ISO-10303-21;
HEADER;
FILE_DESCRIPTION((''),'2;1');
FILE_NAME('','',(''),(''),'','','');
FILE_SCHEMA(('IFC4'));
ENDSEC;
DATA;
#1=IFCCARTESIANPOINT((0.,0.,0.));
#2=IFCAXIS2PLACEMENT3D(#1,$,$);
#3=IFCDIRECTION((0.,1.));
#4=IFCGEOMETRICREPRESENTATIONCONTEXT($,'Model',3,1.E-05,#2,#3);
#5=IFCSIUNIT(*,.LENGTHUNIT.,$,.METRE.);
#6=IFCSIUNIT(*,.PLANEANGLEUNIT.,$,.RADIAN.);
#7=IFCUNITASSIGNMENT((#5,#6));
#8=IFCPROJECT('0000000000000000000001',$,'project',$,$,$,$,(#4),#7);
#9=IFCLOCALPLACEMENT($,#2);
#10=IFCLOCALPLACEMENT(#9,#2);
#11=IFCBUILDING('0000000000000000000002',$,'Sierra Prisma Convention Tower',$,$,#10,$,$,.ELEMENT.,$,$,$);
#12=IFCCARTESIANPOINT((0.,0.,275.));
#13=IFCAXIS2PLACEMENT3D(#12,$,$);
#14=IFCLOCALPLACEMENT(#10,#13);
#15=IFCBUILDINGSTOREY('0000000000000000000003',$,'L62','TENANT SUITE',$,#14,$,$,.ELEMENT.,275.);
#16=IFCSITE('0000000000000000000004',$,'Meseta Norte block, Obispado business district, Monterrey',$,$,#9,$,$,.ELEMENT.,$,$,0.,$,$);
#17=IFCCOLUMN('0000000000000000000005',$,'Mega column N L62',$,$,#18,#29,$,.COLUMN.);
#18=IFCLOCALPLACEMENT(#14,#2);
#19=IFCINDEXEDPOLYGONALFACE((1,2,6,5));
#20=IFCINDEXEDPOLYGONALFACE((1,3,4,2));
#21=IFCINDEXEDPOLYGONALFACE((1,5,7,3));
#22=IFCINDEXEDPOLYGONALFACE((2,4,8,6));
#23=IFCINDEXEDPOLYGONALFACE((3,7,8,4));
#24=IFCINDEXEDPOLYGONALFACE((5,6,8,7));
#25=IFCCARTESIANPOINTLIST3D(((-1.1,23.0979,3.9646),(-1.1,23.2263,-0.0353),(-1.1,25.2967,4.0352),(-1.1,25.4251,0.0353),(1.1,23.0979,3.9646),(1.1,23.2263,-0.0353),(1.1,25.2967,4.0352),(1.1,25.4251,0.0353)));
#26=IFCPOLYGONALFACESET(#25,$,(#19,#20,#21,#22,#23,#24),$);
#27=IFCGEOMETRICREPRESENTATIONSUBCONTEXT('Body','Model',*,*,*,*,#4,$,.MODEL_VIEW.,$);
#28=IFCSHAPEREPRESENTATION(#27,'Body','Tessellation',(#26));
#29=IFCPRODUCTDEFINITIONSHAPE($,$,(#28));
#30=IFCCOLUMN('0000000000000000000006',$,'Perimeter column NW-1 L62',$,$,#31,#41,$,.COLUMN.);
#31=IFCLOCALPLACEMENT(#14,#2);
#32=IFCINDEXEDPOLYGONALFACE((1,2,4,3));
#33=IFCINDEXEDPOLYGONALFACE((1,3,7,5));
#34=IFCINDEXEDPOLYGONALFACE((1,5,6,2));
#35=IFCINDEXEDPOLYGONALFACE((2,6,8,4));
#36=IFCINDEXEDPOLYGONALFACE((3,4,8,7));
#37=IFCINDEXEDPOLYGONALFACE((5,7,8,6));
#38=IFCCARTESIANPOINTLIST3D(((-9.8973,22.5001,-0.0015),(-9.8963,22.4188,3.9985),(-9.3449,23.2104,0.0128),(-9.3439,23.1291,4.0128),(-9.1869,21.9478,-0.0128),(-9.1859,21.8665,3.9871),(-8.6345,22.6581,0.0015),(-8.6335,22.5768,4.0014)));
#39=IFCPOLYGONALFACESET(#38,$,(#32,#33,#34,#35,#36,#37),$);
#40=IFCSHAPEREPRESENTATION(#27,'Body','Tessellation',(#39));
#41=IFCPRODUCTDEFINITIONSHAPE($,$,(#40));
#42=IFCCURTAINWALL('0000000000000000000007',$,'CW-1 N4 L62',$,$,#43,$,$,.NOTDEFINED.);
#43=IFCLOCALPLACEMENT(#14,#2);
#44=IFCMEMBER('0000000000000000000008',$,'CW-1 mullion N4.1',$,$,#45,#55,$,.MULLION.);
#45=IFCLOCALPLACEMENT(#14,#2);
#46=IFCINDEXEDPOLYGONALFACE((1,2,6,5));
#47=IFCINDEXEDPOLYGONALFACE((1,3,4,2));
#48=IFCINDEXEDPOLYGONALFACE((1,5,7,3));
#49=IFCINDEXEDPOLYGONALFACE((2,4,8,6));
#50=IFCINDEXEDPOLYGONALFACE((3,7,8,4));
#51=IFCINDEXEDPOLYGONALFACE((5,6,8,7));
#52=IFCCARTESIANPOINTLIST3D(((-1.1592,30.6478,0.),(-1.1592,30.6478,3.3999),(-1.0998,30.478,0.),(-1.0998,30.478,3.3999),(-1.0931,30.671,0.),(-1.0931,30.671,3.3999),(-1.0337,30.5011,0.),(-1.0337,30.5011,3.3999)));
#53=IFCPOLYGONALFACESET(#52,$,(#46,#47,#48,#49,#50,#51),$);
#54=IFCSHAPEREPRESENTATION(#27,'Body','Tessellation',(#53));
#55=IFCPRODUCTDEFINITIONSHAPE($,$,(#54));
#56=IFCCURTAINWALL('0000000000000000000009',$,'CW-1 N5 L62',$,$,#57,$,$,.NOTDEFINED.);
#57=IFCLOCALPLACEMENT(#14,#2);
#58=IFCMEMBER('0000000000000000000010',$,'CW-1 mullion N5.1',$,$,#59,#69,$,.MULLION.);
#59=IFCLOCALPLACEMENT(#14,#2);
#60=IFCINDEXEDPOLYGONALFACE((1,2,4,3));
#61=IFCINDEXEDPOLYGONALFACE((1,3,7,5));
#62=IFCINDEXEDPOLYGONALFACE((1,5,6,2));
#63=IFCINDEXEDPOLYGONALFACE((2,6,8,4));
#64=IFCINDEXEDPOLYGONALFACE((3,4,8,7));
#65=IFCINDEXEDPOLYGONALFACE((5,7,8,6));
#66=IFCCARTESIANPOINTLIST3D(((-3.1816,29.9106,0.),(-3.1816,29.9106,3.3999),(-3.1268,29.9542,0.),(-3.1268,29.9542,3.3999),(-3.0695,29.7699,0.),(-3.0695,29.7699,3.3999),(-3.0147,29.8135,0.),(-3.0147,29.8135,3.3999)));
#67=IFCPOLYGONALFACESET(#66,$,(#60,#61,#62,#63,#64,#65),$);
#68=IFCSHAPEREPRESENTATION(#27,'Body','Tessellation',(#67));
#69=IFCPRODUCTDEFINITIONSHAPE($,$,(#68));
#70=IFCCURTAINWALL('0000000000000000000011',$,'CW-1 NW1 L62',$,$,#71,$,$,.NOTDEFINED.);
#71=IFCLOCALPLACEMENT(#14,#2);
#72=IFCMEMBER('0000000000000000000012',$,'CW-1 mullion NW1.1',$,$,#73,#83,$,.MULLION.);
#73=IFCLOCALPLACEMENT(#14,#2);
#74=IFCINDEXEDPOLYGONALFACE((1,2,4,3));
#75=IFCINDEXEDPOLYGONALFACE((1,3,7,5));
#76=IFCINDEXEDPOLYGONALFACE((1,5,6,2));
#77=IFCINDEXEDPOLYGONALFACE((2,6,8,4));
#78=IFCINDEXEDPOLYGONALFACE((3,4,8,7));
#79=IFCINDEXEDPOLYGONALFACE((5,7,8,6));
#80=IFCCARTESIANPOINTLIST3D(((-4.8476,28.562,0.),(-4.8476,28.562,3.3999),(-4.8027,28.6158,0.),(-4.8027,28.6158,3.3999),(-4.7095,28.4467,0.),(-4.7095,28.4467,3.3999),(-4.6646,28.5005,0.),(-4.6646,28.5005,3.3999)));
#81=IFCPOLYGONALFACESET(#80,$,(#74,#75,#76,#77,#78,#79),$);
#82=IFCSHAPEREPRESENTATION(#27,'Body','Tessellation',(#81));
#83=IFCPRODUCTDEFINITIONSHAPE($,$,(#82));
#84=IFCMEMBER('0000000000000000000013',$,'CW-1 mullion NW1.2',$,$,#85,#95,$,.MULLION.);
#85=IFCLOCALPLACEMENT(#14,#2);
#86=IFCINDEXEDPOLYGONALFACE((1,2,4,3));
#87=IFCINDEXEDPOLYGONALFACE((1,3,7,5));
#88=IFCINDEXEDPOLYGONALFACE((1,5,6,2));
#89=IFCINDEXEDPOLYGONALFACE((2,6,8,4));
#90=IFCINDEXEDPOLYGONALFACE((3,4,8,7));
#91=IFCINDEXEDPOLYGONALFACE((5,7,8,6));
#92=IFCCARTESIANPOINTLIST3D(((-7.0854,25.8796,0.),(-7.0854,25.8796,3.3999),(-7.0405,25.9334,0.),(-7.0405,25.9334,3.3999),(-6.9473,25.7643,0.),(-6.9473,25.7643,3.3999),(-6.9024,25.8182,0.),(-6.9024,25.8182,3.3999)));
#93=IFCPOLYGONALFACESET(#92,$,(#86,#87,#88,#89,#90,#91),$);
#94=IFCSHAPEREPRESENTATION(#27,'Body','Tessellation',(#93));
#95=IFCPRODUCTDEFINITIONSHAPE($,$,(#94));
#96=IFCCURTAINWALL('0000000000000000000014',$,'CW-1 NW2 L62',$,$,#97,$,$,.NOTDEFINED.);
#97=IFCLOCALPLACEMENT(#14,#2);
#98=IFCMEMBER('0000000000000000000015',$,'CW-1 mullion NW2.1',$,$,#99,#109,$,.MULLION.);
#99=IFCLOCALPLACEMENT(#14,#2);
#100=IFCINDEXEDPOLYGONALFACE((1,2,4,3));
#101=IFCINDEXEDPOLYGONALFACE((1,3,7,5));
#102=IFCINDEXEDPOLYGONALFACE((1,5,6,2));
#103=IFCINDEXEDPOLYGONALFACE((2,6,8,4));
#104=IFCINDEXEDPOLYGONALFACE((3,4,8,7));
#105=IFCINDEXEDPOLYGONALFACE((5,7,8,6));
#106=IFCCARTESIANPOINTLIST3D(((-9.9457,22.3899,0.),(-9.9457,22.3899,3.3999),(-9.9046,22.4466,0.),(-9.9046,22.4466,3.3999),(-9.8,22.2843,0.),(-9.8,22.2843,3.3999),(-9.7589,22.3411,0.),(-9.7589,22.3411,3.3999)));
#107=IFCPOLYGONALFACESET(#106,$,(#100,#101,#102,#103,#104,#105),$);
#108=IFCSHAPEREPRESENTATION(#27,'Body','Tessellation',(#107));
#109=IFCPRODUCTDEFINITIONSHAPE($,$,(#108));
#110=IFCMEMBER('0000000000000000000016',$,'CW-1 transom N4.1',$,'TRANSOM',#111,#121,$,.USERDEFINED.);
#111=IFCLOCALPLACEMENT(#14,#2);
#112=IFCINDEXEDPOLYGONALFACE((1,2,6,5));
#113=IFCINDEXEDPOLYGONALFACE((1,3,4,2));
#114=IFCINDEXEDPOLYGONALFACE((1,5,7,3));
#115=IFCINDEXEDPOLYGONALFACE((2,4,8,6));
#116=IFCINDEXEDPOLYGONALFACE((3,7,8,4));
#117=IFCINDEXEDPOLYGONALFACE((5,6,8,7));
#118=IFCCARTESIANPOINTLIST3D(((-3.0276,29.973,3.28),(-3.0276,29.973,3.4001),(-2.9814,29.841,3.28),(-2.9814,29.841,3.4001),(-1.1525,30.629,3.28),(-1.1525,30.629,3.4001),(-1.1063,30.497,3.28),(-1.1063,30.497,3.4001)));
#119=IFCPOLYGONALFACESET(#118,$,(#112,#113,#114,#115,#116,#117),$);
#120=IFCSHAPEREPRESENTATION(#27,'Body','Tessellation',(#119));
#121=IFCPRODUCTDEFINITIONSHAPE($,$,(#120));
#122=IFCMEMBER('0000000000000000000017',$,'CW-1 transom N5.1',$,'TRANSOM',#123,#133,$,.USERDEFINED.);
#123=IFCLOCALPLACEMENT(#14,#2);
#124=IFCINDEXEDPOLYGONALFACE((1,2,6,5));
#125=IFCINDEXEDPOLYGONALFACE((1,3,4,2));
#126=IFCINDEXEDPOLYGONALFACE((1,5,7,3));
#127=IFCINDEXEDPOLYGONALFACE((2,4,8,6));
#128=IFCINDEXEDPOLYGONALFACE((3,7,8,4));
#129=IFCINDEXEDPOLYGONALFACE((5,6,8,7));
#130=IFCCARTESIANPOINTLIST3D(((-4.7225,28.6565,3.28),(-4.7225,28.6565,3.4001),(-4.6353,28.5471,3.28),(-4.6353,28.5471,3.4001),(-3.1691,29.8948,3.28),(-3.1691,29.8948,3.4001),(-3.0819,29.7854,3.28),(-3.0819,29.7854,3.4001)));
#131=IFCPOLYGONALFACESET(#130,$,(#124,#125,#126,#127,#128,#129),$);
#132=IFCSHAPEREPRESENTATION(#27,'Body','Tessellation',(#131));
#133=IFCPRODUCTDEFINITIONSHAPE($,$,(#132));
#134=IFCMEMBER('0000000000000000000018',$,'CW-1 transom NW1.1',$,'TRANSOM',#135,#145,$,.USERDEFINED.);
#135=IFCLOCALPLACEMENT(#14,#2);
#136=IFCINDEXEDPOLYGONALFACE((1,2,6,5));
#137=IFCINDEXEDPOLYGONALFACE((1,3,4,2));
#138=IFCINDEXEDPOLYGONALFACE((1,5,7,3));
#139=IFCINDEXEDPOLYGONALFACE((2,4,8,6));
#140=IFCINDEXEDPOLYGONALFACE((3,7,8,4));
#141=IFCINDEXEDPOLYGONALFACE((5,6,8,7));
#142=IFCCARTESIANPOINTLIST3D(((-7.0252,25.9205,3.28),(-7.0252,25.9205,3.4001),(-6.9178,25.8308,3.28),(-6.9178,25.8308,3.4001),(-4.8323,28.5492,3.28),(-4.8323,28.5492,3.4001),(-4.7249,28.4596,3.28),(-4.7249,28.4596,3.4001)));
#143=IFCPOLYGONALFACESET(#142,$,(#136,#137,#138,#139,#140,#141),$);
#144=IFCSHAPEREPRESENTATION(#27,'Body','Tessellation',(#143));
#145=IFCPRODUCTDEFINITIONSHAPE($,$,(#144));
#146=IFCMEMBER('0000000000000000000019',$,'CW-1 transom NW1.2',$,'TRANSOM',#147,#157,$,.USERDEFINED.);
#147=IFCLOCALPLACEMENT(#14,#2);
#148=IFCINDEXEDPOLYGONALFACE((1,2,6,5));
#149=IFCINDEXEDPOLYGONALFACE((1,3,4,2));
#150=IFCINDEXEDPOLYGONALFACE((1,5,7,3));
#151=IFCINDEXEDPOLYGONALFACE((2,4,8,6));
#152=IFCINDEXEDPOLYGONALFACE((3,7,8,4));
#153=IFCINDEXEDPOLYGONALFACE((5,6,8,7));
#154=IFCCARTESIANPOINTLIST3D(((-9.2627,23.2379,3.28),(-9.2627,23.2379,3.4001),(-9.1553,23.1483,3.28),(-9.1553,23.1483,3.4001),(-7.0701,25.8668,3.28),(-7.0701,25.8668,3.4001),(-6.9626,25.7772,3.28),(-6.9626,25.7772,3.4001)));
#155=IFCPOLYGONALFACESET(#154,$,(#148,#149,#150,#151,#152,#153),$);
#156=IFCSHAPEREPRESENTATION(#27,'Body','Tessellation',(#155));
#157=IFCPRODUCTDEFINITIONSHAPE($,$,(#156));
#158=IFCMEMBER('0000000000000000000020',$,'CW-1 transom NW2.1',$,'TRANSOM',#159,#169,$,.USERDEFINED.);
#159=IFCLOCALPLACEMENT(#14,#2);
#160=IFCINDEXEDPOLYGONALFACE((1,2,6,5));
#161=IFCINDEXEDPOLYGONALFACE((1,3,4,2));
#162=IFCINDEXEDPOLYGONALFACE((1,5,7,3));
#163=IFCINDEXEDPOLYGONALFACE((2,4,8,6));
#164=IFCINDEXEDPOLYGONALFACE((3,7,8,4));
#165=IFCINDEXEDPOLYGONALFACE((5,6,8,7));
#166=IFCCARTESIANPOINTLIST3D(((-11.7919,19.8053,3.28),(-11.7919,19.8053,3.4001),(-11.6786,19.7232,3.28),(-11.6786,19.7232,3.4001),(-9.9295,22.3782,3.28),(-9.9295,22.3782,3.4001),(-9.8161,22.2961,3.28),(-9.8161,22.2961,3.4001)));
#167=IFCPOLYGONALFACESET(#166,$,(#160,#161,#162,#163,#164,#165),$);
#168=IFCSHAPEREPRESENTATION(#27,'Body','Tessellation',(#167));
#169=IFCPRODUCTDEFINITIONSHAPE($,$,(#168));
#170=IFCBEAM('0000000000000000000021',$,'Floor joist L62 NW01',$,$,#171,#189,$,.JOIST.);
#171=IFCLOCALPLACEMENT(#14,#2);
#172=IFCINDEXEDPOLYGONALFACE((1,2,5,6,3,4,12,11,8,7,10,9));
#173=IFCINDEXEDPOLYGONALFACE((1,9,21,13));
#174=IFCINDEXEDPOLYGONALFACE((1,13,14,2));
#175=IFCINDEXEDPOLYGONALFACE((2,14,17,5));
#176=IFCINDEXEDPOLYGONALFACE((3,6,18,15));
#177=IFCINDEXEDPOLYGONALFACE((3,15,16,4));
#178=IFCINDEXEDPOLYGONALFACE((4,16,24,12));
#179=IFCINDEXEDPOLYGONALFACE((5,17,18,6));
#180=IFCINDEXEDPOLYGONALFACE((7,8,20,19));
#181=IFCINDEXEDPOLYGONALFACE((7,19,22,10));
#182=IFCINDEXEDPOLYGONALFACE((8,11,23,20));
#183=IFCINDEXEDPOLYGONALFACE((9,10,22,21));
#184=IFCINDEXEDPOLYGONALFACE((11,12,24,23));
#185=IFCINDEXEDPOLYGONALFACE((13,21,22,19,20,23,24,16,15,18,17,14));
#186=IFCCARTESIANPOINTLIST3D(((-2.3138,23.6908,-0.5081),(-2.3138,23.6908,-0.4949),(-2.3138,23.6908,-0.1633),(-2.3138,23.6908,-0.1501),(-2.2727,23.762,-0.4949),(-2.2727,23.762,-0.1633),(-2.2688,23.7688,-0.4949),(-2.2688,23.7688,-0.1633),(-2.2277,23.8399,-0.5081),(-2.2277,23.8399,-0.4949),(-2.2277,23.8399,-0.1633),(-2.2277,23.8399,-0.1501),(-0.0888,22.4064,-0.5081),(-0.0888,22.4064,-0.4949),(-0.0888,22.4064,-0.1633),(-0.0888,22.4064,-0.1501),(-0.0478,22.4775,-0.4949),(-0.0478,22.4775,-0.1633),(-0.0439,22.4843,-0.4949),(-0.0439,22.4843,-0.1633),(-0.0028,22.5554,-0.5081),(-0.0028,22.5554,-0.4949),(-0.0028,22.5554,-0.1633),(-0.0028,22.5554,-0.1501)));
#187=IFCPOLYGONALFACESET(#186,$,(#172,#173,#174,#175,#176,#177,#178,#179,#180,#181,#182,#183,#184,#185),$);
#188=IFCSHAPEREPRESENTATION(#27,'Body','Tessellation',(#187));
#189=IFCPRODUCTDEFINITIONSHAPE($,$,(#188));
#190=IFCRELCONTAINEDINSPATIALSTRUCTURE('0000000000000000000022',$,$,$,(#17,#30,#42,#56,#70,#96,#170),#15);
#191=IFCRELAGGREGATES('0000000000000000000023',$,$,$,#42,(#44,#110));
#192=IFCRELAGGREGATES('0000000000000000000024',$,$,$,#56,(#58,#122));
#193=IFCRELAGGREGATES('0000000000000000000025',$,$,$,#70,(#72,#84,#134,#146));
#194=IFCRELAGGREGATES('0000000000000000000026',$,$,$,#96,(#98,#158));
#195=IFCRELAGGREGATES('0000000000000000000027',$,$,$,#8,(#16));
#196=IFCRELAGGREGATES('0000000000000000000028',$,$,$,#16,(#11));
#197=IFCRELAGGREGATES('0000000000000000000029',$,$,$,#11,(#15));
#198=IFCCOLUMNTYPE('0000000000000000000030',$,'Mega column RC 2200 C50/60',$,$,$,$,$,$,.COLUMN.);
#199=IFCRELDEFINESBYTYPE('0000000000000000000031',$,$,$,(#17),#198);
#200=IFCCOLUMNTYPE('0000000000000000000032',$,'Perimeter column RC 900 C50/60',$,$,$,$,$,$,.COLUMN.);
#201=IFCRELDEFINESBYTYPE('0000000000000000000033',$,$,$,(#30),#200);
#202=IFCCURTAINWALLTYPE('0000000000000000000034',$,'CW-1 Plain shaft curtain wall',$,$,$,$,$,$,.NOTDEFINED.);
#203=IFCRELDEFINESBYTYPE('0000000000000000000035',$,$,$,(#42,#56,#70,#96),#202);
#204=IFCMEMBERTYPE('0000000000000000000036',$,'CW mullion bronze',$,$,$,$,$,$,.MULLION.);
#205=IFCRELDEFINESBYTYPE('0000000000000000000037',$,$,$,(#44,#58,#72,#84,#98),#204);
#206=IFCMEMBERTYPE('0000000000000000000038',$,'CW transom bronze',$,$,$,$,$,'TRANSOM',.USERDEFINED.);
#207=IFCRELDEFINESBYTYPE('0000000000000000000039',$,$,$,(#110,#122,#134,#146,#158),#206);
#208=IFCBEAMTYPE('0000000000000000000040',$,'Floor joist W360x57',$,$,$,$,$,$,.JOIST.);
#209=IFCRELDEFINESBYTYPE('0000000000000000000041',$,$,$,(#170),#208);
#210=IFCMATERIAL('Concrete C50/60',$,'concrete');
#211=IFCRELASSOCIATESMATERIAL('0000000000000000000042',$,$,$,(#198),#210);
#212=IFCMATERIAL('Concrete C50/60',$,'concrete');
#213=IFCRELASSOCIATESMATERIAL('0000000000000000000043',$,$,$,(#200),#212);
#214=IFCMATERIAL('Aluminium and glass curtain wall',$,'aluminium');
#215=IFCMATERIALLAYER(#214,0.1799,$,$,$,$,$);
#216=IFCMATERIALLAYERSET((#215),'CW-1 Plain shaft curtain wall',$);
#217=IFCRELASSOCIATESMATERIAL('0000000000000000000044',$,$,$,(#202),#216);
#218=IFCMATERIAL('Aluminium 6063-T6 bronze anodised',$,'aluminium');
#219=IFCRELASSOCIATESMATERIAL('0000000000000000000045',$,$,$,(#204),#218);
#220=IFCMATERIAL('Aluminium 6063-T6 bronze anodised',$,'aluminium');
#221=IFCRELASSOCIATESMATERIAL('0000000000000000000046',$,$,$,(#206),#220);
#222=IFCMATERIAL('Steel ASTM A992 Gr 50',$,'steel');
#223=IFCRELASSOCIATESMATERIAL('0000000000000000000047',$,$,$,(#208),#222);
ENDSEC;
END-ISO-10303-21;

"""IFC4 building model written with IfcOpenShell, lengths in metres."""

from ifc_helpers import new_model, si_unit, direction, frame, origin, origin_2d, place, context, subcontext, project, spatial, rectangle, i_section, extrude, material, layer, layer_set, material_profile, profile_set, type_object, element, aggregate, save


model = new_model("IFC4")

# Units and contexts
model_context = context("Model", 3, precision=1e-05, world=origin(), true_north=direction((0.0, 1.0)))
body_context = subcontext(model_context, "Body", "Model", "MODEL_VIEW")
ifc_project = project(units=[si_unit("LENGTHUNIT", "METRE"), si_unit("PLANEANGLEUNIT", "RADIAN")], contexts=[model_context])

# Site, building, storey
site_placement = place(None, origin())
site = spatial("IfcSite", under=ifc_project, at=site_placement, Name="Meseta Norte block, Obispado business district, Monterrey", CompositionType="ELEMENT", RefElevation=0.0)
building_placement = place(site_placement, origin())
building = spatial("IfcBuilding", under=site, at=building_placement, Name="Sierra Prisma Convention Tower", CompositionType="ELEMENT")
storey_placement = place(building_placement, frame((0.0, 0.0, 275.0)))
storey = spatial("IfcBuildingStorey", under=building, at=storey_placement, Name="L62", Description="TENANT SUITE", CompositionType="ELEMENT", Elevation=275.0)

# Columns
ifc_material_1 = material(Name="Concrete C50/60", Category="concrete")
ifc_material_profile_1 = material_profile(ifc_material_1, rectangle(XDim=2.2, YDim=2.2, at=origin_2d()), Name="Mega column RC 2200 C50/60")
ifc_profile_set_1 = profile_set([ifc_material_profile_1], Name="Concrete C50/60")
column_type_1 = type_object("IfcColumnType", Name="Mega column RC 2200 C50/60", PredefinedType="COLUMN", material=ifc_profile_set_1)
column_1_placement = place(storey_placement, frame((0.0, 24.3257, 0.0), z_axis=(0.0, -0.032088, 0.999485), x_axis=(1.0, 0.0, 0.0)))
element("IfcColumn", 1, at=column_1_placement, inside=storey, type_object=column_type_1, Name="Mega column N L62", PredefinedType="COLUMN", context=body_context, shape_type="SweptSolid", body=[
    extrude(rectangle(XDim=2.2, YDim=2.2, at=origin_2d()), origin(), (0.0, 0.0, 1.0), 4.002),
])
ifc_material_2 = material(Name="Concrete C50/60", Category="concrete")
ifc_material_profile_2 = material_profile(ifc_material_2, rectangle(XDim=0.8999, YDim=0.8999, at=origin_2d()), Name="Perimeter column RC 900 C50/60")
ifc_profile_set_2 = profile_set([ifc_material_profile_2], Name="Concrete C50/60")
column_type_2 = type_object("IfcColumnType", Name="Perimeter column RC 900 C50/60", PredefinedType="COLUMN", material=ifc_profile_set_2)
column_2_placement = place(storey_placement, frame((-9.2659, 22.5791, 0.0), z_axis=(0.000244, -0.020321, 0.999793), x_axis=(0.613832, 0.789277, 0.015892)))
element("IfcColumn", 2, at=column_2_placement, inside=storey, type_object=column_type_2, Name="Perimeter column NW-1 L62", PredefinedType="COLUMN", context=body_context, shape_type="SweptSolid", body=[
    extrude(rectangle(XDim=0.8999, YDim=0.8999, at=origin_2d()), origin(), (0.0, 0.0, 1.0), 4.0007),
])

# Curtain walls, members
ifc_material_3 = material(Name="Aluminium and glass curtain wall", Category="aluminium")
ifc_layer_1 = layer(ifc_material_3, 0.1799)
ifc_layer_set_1 = layer_set([ifc_layer_1], Name="CW-1 Plain shaft curtain wall")
curtain_wall_type = type_object("IfcCurtainWallType", Name="CW-1 Plain shaft curtain wall", PredefinedType="NOTDEFINED", material=ifc_layer_set_1)
curtain_wall_1_placement = place(storey_placement, origin())
curtain_wall_1 = element("IfcCurtainWall", 3, at=curtain_wall_1_placement, inside=storey, type_object=curtain_wall_type, Name="CW-1 N4 L62", PredefinedType="NOTDEFINED")
ifc_material_4 = material(Name="Aluminium 6063-T6 bronze anodised", Category="aluminium")
ifc_material_profile_3 = material_profile(ifc_material_4, rectangle(XDim=0.1799, YDim=0.0701, at=origin_2d()), Name="ALU MULLION 70x180")
ifc_profile_set_3 = profile_set([ifc_material_profile_3], Name="Aluminium 6063-T6 bronze anodised")
member_type_1 = type_object("IfcMemberType", Name="CW mullion bronze", PredefinedType="MULLION", material=ifc_profile_set_3)
member_1_placement = place(storey_placement, frame((-1.0964, 30.5745, 0.0), z_axis=(0.0, 0.0, 1.0), x_axis=(0.33018, -0.943918, 0.0)))
member_1 = element("IfcMember", 4, at=member_1_placement, type_object=member_type_1, Name="CW-1 mullion N4.1", PredefinedType="MULLION", context=body_context, shape_type="SweptSolid", body=[
    extrude(rectangle(XDim=0.1799, YDim=0.0701, at=origin_2d()), origin(), (0.0, 0.0, 1.0), 3.3999),
])
curtain_wall_2_placement = place(storey_placement, origin())
curtain_wall_2 = element("IfcCurtainWall", 5, at=curtain_wall_2_placement, inside=storey, type_object=curtain_wall_type, Name="CW-1 N5 L62", PredefinedType="NOTDEFINED")
member_2_placement = place(storey_placement, frame((-3.0981, 29.8621, 0.0), z_axis=(0.0, 0.0, 1.0), x_axis=(0.623326, -0.781962, 0.0)))
member_2 = element("IfcMember", 6, at=member_2_placement, type_object=member_type_1, Name="CW-1 mullion N5.1", PredefinedType="MULLION", context=body_context, shape_type="SweptSolid", body=[
    extrude(rectangle(XDim=0.1799, YDim=0.0701, at=origin_2d()), origin(), (0.0, 0.0, 1.0), 3.3999),
])

# Curtain wall, members
curtain_wall_3_placement = place(storey_placement, origin())
curtain_wall_3 = element("IfcCurtainWall", 7, at=curtain_wall_3_placement, inside=storey, type_object=curtain_wall_type, Name="CW-1 NW1 L62", PredefinedType="NOTDEFINED")
member_3_placement = place(storey_placement, frame((-4.7561, 28.5312, 0.0), z_axis=(0.0, 0.0, 1.0), x_axis=(0.767904, -0.640564, 0.0)))
member_3 = element("IfcMember", 8, at=member_3_placement, type_object=member_type_1, Name="CW-1 mullion NW1.1", PredefinedType="MULLION", context=body_context, shape_type="SweptSolid", body=[
    extrude(rectangle(XDim=0.1799, YDim=0.0701, at=origin_2d()), origin(), (0.0, 0.0, 1.0), 3.3999),
])
member_4_placement = place(storey_placement, frame((-6.9939, 25.8489, 0.0), z_axis=(0.0, 0.0, 1.0), x_axis=(0.767904, -0.640564, 0.0)))
member_4 = element("IfcMember", 9, at=member_4_placement, type_object=member_type_1, Name="CW-1 mullion NW1.2", PredefinedType="MULLION", context=body_context, shape_type="SweptSolid", body=[
    extrude(rectangle(XDim=0.1799, YDim=0.0701, at=origin_2d()), origin(), (0.0, 0.0, 1.0), 3.3999),
])

# Curtain wall, member
curtain_wall_4_placement = place(storey_placement, origin())
curtain_wall_4 = element("IfcCurtainWall", 10, at=curtain_wall_4_placement, inside=storey, type_object=curtain_wall_type, Name="CW-1 NW2 L62", PredefinedType="NOTDEFINED")
member_5_placement = place(storey_placement, frame((-9.8523, 22.3655, 0.0), z_axis=(0.0, 0.0, 1.0), x_axis=(0.810038, -0.586377, 0.0)))
member_5 = element("IfcMember", 11, at=member_5_placement, type_object=member_type_1, Name="CW-1 mullion NW2.1", PredefinedType="MULLION", context=body_context, shape_type="SweptSolid", body=[
    extrude(rectangle(XDim=0.1799, YDim=0.0701, at=origin_2d()), origin(), (0.0, 0.0, 1.0), 3.3999),
])

# Members
ifc_material_5 = material(Name="Aluminium 6063-T6 bronze anodised", Category="aluminium")
ifc_material_profile_4 = material_profile(ifc_material_5, rectangle(XDim=0.1399, YDim=0.1201, at=origin_2d()), Name="ALU TRANSOM 120x140")
ifc_profile_set_4 = profile_set([ifc_material_profile_4], Name="Aluminium 6063-T6 bronze anodised")
member_type_2 = type_object("IfcMemberType", Name="CW transom bronze", ElementType="TRANSOM", PredefinedType="USERDEFINED", material=ifc_profile_set_4)
member_6_placement = place(storey_placement, frame((-1.1294, 30.563, 3.3401), z_axis=(-0.94391, -0.330203, 0.0), x_axis=(0.330203, -0.94391, 0.0)))
member_6 = element("IfcMember", 12, at=member_6_placement, type_object=member_type_2, Name="CW-1 transom N4.1", ObjectType="TRANSOM", PredefinedType="USERDEFINED", context=body_context, shape_type="SweptSolid", body=[
    extrude(rectangle(XDim=0.1399, YDim=0.1201, at=origin_2d()), origin(), (0.0, 0.0, 1.0), 1.9866),
])
member_7_placement = place(storey_placement, frame((-3.1255, 29.8401, 3.3401), z_axis=(-0.781971, -0.623315, 0.0), x_axis=(0.623315, -0.781971, 0.0)))
member_7 = element("IfcMember", 13, at=member_7_placement, type_object=member_type_2, Name="CW-1 transom N5.1", ObjectType="TRANSOM", PredefinedType="USERDEFINED", context=body_context, shape_type="SweptSolid", body=[
    extrude(rectangle(XDim=0.1399, YDim=0.1201, at=origin_2d()), origin(), (0.0, 0.0, 1.0), 1.9866),
])
member_8_placement = place(storey_placement, frame((-4.7786, 28.5044, 3.3401), z_axis=(-0.640584, -0.767888, 0.0), x_axis=(0.767888, -0.640584, 0.0)))
member_8 = element("IfcMember", 14, at=member_8_placement, type_object=member_type_2, Name="CW-1 transom NW1.1", ObjectType="TRANSOM", PredefinedType="USERDEFINED", context=body_context, shape_type="SweptSolid", body=[
    extrude(rectangle(XDim=0.1399, YDim=0.1201, at=origin_2d()), origin(), (0.0, 0.0, 1.0), 3.4233),
])
member_9_placement = place(storey_placement, frame((-7.0164, 25.822, 3.3401), z_axis=(-0.640507, -0.767952, 0.0), x_axis=(0.767952, -0.640507, 0.0)))
member_9 = element("IfcMember", 15, at=member_9_placement, type_object=member_type_2, Name="CW-1 transom NW1.2", ObjectType="TRANSOM", PredefinedType="USERDEFINED", context=body_context, shape_type="SweptSolid", body=[
    extrude(rectangle(XDim=0.1399, YDim=0.1201, at=origin_2d()), origin(), (0.0, 0.0, 1.0), 3.4233),
])
member_10_placement = place(storey_placement, frame((-9.8728, 22.3372, 3.3401), z_axis=(-0.586374, -0.81004, 0.0), x_axis=(0.81004, -0.586374, 0.0)))
member_10 = element("IfcMember", 16, at=member_10_placement, type_object=member_type_2, Name="CW-1 transom NW2.1", ObjectType="TRANSOM", PredefinedType="USERDEFINED", context=body_context, shape_type="SweptSolid", body=[
    extrude(rectangle(XDim=0.1399, YDim=0.1201, at=origin_2d()), origin(), (0.0, 0.0, 1.0), 3.1763),
])

# Beam
ifc_material_6 = material(Name="Steel ASTM A992 Gr 50", Category="steel")
ifc_material_profile_5 = material_profile(ifc_material_6, i_section(OverallWidth=0.1721, OverallDepth=0.3579, WebThickness=0.0078, FlangeThickness=0.0132, at=origin_2d()), Name="W360x57")
ifc_profile_set_5 = profile_set([ifc_material_profile_5], Name="Steel ASTM A992 Gr 50")
beam_type_1 = type_object("IfcBeamType", Name="Floor joist W360x57", PredefinedType="JOIST", material=ifc_profile_set_5)
beam_1_placement = place(storey_placement, frame((-2.2708, 23.7654, -0.3291), z_axis=(0.866042, -0.499972, 0.0), x_axis=(0.499972, 0.866042, 0.0)))
element("IfcBeam", 17, at=beam_1_placement, inside=storey, type_object=beam_type_1, Name="Floor joist L62 NW01", PredefinedType="JOIST", context=body_context, shape_type="SweptSolid", body=[
    extrude(i_section(OverallWidth=0.1721, OverallDepth=0.3579, WebThickness=0.0078, FlangeThickness=0.0132, at=origin_2d()), origin(), (0.0, 0.0, 1.0), 2.5691),
])

aggregate(curtain_wall_1, [member_1, member_6])
aggregate(curtain_wall_2, [member_2, member_7])
aggregate(curtain_wall_3, [member_3, member_4, member_8, member_9])
aggregate(curtain_wall_4, [member_5, member_10])

save(model, "model.ifc")
